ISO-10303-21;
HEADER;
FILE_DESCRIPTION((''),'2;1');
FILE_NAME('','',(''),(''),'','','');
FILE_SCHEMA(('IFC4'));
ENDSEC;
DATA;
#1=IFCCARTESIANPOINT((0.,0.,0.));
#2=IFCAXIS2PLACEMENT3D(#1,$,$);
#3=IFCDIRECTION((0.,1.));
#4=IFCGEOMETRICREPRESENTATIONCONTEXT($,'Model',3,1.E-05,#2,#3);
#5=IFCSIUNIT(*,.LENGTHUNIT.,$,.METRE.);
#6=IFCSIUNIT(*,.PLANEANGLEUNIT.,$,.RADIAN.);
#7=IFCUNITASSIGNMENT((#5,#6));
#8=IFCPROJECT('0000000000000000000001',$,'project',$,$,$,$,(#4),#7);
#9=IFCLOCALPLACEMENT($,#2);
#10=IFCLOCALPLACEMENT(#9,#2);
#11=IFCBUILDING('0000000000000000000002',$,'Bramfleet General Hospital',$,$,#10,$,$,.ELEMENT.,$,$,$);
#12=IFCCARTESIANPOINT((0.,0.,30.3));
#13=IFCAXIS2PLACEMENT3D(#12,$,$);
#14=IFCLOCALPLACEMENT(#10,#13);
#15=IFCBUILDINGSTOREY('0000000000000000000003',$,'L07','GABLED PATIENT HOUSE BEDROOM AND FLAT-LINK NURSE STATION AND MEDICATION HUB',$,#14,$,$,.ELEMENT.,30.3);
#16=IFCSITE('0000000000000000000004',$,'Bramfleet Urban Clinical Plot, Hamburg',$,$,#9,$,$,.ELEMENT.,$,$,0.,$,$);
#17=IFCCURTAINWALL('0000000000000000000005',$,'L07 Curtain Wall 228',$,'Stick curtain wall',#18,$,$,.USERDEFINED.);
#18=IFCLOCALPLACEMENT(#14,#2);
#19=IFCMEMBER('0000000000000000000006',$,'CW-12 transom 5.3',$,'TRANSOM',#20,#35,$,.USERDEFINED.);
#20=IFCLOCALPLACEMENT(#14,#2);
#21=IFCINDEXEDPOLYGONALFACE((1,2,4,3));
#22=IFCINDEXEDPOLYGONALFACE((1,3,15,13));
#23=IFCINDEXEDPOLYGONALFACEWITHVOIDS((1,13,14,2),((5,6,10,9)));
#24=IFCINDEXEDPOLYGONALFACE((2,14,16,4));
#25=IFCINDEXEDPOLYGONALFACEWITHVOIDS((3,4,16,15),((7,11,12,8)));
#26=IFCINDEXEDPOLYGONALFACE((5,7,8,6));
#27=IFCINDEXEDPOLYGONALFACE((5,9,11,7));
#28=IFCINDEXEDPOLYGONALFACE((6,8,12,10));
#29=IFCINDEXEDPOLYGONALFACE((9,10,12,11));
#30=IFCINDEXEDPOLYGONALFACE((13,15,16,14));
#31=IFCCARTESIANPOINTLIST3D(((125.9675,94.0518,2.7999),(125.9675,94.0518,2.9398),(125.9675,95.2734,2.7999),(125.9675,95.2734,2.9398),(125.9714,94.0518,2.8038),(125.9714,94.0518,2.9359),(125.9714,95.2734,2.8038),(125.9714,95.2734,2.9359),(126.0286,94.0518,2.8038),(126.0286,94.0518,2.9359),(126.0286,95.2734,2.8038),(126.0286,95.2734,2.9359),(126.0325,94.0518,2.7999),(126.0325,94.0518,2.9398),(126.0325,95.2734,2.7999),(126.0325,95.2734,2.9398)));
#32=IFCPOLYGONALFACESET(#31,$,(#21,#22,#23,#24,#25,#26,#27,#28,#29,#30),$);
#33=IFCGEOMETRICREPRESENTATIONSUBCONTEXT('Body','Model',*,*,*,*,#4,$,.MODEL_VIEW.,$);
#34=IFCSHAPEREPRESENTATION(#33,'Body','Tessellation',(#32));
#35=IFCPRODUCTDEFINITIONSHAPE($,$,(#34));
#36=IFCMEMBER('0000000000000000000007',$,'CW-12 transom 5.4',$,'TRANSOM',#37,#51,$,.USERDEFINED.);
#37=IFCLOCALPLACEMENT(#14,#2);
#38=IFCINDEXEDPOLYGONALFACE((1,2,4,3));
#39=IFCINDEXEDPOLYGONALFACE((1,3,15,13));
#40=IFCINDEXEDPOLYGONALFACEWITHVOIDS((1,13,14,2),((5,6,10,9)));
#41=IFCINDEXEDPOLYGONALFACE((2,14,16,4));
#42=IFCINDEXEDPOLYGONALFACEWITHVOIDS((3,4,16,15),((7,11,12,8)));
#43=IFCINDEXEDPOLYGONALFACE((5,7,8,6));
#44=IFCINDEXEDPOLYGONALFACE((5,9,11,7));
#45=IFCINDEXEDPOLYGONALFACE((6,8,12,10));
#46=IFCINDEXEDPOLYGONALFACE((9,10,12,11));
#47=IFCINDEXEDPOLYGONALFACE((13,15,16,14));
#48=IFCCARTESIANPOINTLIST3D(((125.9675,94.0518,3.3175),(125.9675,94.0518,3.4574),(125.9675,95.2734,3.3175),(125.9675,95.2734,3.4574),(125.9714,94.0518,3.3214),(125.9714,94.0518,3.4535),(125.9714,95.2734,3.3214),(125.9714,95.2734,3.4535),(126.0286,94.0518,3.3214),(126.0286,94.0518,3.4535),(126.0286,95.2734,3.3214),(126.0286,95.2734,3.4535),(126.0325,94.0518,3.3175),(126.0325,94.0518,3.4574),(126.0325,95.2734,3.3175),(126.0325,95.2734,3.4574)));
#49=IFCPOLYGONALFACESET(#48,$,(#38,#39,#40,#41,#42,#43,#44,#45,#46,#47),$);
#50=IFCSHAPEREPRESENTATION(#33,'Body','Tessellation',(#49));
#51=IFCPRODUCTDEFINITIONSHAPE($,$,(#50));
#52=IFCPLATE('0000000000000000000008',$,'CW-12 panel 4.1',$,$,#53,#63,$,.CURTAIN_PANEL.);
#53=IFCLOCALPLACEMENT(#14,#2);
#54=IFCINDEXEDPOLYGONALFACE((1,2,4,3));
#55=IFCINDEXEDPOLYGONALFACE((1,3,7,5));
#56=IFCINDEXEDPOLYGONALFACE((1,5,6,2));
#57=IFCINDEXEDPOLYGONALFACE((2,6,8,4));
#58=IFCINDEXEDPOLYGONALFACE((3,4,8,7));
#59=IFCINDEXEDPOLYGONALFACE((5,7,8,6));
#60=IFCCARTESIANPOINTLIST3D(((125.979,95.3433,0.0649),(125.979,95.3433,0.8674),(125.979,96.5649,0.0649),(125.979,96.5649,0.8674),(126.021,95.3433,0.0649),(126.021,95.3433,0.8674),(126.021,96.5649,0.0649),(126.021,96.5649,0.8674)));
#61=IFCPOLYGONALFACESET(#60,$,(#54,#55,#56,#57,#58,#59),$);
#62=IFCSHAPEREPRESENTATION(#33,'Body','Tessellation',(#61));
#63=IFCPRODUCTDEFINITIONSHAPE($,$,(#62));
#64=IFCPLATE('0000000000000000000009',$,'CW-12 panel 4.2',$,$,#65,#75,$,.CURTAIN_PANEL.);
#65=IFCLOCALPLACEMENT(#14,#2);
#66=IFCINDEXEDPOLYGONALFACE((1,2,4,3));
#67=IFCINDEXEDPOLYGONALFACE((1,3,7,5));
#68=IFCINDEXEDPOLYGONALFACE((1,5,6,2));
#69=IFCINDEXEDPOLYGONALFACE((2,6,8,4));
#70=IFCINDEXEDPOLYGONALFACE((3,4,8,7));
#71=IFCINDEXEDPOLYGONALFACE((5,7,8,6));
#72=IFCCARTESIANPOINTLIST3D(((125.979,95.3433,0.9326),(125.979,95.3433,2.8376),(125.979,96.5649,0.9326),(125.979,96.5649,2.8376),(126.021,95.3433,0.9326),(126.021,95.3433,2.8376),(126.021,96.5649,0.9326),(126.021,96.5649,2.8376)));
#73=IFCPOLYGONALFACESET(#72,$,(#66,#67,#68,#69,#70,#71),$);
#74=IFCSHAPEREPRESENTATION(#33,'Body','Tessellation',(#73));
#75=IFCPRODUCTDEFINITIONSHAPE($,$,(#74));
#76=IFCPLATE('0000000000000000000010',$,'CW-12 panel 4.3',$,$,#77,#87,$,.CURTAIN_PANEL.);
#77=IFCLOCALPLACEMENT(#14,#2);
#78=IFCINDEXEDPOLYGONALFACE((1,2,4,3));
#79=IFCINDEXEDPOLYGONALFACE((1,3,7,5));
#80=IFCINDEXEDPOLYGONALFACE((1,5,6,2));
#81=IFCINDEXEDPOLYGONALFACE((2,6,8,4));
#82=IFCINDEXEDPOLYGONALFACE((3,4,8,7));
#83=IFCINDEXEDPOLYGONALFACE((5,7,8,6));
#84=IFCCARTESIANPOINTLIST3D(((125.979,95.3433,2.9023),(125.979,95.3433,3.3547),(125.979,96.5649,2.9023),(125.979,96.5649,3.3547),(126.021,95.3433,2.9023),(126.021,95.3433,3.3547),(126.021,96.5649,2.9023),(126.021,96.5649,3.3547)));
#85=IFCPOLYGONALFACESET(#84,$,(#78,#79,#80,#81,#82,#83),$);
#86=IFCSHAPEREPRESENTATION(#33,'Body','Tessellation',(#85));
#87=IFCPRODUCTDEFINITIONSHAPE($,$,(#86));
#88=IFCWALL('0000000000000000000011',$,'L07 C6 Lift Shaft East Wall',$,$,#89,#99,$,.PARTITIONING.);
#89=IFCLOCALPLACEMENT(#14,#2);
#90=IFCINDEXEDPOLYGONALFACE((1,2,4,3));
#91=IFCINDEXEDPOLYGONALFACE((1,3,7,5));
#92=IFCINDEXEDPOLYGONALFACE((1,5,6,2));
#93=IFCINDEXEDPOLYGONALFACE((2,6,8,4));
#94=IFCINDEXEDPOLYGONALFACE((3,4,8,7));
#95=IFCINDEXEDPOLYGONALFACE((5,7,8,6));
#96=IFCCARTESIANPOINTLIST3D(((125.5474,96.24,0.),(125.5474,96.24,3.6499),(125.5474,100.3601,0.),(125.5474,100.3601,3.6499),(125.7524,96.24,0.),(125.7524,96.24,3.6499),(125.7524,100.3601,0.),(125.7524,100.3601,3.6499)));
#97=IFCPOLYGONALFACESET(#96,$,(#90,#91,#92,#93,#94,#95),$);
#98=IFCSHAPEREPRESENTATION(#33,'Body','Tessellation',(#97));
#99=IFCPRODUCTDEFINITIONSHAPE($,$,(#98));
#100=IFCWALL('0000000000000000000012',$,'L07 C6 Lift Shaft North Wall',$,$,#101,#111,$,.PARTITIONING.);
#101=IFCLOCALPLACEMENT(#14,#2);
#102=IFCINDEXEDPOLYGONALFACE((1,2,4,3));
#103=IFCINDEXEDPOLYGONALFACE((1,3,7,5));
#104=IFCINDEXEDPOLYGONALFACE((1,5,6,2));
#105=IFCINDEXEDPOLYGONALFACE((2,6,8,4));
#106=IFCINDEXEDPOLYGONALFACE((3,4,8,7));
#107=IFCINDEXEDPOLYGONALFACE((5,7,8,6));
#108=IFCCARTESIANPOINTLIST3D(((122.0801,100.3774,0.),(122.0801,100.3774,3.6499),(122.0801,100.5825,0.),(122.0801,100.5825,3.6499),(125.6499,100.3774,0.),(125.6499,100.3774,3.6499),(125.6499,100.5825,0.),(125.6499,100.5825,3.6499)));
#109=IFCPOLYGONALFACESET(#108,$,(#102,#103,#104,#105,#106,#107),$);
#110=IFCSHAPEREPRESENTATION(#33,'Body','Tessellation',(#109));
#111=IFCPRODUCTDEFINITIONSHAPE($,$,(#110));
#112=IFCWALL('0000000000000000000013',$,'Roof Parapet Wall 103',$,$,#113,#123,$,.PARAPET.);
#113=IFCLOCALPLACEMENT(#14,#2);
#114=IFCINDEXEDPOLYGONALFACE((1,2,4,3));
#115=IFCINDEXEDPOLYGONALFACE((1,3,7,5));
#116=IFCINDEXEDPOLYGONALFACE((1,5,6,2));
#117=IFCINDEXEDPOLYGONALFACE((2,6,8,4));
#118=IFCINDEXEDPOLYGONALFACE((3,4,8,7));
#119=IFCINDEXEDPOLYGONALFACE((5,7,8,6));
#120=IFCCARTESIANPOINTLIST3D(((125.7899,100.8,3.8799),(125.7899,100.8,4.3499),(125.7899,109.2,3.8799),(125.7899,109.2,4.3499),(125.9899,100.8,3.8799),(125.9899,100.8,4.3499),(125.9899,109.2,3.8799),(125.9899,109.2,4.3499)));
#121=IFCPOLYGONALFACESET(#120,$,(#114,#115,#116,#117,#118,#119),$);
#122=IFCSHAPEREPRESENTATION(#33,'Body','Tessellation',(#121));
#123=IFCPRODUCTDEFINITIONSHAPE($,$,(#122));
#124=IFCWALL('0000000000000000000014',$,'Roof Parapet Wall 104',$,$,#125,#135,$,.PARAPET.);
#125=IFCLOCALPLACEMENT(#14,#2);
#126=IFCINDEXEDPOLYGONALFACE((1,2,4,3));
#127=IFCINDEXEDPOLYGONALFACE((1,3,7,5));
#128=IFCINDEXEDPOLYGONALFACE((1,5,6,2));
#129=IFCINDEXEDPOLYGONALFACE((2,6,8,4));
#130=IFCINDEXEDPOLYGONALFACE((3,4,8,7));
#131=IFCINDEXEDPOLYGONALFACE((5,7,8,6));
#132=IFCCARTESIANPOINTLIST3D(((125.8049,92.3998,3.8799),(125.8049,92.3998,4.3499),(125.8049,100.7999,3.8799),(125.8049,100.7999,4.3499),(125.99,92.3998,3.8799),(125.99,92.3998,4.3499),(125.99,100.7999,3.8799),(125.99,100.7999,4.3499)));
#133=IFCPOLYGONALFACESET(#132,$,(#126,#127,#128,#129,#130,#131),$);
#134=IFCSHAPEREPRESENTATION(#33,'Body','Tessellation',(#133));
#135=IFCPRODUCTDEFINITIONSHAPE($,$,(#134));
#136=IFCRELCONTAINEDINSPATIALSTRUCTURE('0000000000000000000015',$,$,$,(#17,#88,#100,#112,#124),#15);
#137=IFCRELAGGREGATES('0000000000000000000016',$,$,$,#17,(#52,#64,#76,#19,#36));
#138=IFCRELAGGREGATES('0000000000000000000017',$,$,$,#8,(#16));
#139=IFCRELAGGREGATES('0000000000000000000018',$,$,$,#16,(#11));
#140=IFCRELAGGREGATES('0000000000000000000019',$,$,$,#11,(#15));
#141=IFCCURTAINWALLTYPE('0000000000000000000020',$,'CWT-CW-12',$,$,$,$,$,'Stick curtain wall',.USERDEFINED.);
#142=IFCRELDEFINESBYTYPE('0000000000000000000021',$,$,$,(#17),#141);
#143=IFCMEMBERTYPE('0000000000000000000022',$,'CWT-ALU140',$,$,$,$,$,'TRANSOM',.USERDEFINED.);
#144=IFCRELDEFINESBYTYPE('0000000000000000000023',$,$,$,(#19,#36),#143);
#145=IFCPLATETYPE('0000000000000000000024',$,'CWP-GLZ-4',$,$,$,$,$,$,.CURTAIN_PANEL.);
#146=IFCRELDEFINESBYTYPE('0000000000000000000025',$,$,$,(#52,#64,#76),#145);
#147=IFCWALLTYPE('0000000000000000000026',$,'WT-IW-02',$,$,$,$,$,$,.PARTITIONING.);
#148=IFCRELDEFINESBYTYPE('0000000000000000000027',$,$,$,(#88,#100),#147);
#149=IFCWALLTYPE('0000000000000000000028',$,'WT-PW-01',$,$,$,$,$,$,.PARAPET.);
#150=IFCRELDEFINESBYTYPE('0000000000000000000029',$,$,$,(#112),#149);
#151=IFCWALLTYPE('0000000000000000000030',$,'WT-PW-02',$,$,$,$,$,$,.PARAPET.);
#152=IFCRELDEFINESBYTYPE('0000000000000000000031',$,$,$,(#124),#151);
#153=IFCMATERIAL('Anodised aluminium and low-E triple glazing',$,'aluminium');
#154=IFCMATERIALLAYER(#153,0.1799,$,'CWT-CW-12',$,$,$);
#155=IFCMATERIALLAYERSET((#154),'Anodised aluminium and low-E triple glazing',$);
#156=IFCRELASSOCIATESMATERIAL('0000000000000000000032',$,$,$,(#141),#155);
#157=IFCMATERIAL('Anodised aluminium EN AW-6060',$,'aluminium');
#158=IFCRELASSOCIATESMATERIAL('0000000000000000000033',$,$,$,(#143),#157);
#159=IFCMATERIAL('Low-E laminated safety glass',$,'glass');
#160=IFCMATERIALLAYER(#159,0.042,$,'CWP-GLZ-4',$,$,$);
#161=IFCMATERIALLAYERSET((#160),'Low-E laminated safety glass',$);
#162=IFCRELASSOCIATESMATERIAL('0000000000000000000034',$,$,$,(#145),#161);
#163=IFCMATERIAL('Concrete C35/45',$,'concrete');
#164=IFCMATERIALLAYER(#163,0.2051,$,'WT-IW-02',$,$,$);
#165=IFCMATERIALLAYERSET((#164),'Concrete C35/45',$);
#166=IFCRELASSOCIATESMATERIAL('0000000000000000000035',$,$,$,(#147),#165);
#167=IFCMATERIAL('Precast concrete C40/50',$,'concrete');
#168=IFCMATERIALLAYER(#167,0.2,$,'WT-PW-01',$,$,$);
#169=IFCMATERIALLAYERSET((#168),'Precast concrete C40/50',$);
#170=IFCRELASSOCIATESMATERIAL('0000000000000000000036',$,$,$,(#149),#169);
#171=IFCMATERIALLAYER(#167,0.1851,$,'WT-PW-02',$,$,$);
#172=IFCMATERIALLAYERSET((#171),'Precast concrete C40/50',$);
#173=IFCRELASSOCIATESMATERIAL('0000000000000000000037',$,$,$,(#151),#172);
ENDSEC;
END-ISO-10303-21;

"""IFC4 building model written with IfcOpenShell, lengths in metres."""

from ifc_helpers import new_model, si_unit, direction, frame, frame_2d, origin, origin_2d, place, context, subcontext, project, spatial, rectangle, hollow_rectangle, extrude, material, layer, layer_set, material_profile, profile_set, type_object, element, aggregate, save


model = new_model("IFC4")

# Units and contexts
model_context = context("Model", 3, precision=1e-05, world=origin(), true_north=direction((0.0, 1.0)))
body_context = subcontext(model_context, "Body", "Model", "MODEL_VIEW")
ifc_project = project(units=[si_unit("LENGTHUNIT", "METRE"), si_unit("PLANEANGLEUNIT", "RADIAN")], contexts=[model_context])

# Site, building, storey
site_placement = place(None, origin())
site = spatial("IfcSite", under=ifc_project, at=site_placement, Name="Bramfleet Urban Clinical Plot, Hamburg", CompositionType="ELEMENT", RefElevation=0.0)
building_placement = place(site_placement, origin())
building = spatial("IfcBuilding", under=site, at=building_placement, Name="Bramfleet General Hospital", CompositionType="ELEMENT")
storey_placement = place(building_placement, frame((0.0, 0.0, 30.3)))
storey = spatial("IfcBuildingStorey", under=building, at=storey_placement, Name="L07", Description="GABLED PATIENT HOUSE BEDROOM AND FLAT-LINK NURSE STATION AND MEDICATION HUB", CompositionType="ELEMENT", Elevation=30.3)

# Curtain wall
ifc_material_1 = material(Name="Anodised aluminium and low-E triple glazing", Category="aluminium")
ifc_material_2 = material(Name="Anodised aluminium EN AW-6060", Category="aluminium")
ifc_layer_1 = layer(ifc_material_1, 0.1799, Name="CWT-CW-12")
ifc_layer_set_1 = layer_set([ifc_layer_1], Name="Anodised aluminium and low-E triple glazing")
curtain_wall_type_1 = type_object("IfcCurtainWallType", Name="CWT-CW-12", ElementType="Stick curtain wall", PredefinedType="USERDEFINED", material=ifc_layer_set_1)
curtain_wall_1_placement = place(storey_placement, origin())
curtain_wall_1 = element("IfcCurtainWall", 1, at=curtain_wall_1_placement, inside=storey, type_object=curtain_wall_type_1, Name="L07 Curtain Wall 228", ObjectType="Stick curtain wall", PredefinedType="USERDEFINED")

# Members
ifc_material_profile_1 = material_profile(ifc_material_2, hollow_rectangle(XDim=0.0649, YDim=0.1399, WallThickness=0.0039, at=origin_2d()), Name="ALU 140x65x4.0")
ifc_profile_set_1 = profile_set([ifc_material_profile_1], Name="Anodised aluminium EN AW-6060")
member_type_1 = type_object("IfcMemberType", Name="CWT-ALU140", ElementType="TRANSOM", PredefinedType="USERDEFINED", material=ifc_profile_set_1)
member_1_placement = place(storey_placement, frame((126.0, 95.2734, 2.8699), z_axis=(0.0, -1.0, 0.0), x_axis=(1.0, 0.0, 0.0)))
member_1 = element("IfcMember", 2, at=member_1_placement, type_object=member_type_1, Name="CW-12 transom 5.3", ObjectType="TRANSOM", PredefinedType="USERDEFINED", context=body_context, shape_type="SweptSolid", body=[
    extrude(hollow_rectangle(XDim=0.0649, YDim=0.1399, WallThickness=0.0039, at=origin_2d()), origin(), (0.0, 0.0, 1.0), 1.2217),
])
member_2_placement = place(storey_placement, frame((126.0, 95.2734, 3.3875), z_axis=(0.0, -1.0, 0.0), x_axis=(1.0, 0.0, 0.0)))
member_2 = element("IfcMember", 3, at=member_2_placement, type_object=member_type_1, Name="CW-12 transom 5.4", ObjectType="TRANSOM", PredefinedType="USERDEFINED", context=body_context, shape_type="SweptSolid", body=[
    extrude(hollow_rectangle(XDim=0.0649, YDim=0.1399, WallThickness=0.0039, at=origin_2d()), origin(), (0.0, 0.0, 1.0), 1.2217),
])

# Plates
ifc_material_3 = material(Name="Low-E laminated safety glass", Category="glass")
ifc_layer_2 = layer(ifc_material_3, 0.042, Name="CWP-GLZ-4")
ifc_layer_set_2 = layer_set([ifc_layer_2], Name="Low-E laminated safety glass")
plate_type = type_object("IfcPlateType", Name="CWP-GLZ-4", PredefinedType="CURTAIN_PANEL", material=ifc_layer_set_2)
plate_1_placement = place(storey_placement, frame((126.0, 95.9541, 0.0649), z_axis=(0.0, 0.0, 1.0), x_axis=(0.0, -1.0, 0.0)))
plate_1 = element("IfcPlate", 4, at=plate_1_placement, type_object=plate_type, Name="CW-12 panel 4.1", PredefinedType="CURTAIN_PANEL", context=body_context, shape_type="SweptSolid", body=[
    extrude(rectangle(XDim=1.2217, YDim=0.042, at=origin_2d()), origin(), (0.0, 0.0, 1.0), 0.8025),
])
plate_2_placement = place(storey_placement, frame((126.0, 95.9541, 0.9326), z_axis=(0.0, 0.0, 1.0), x_axis=(0.0, -1.0, 0.0)))
plate_2 = element("IfcPlate", 5, at=plate_2_placement, type_object=plate_type, Name="CW-12 panel 4.2", PredefinedType="CURTAIN_PANEL", context=body_context, shape_type="SweptSolid", body=[
    extrude(rectangle(XDim=1.2217, YDim=0.042, at=origin_2d()), origin(), (0.0, 0.0, 1.0), 1.905),
])
plate_3_placement = place(storey_placement, frame((126.0, 95.9541, 2.9023), z_axis=(0.0, 0.0, 1.0), x_axis=(0.0, -1.0, 0.0)))
plate_3 = element("IfcPlate", 6, at=plate_3_placement, type_object=plate_type, Name="CW-12 panel 4.3", PredefinedType="CURTAIN_PANEL", context=body_context, shape_type="SweptSolid", body=[
    extrude(rectangle(XDim=1.2217, YDim=0.042, at=origin_2d()), origin(), (0.0, 0.0, 1.0), 0.4524),
])
aggregate(curtain_wall_1, [plate_1, plate_2, plate_3, member_1, member_2])

# Shared definitions
ifc_material_4 = material(Name="Concrete C35/45", Category="concrete")
ifc_layer_3 = layer(ifc_material_4, 0.2051, Name="WT-IW-02")
ifc_layer_set_3 = layer_set([ifc_layer_3], Name="Concrete C35/45")
wall_type_1 = type_object("IfcWallType", Name="WT-IW-02", PredefinedType="PARTITIONING", material=ifc_layer_set_3)

# Walls
wall_1_placement = place(storey_placement, frame((125.6499, 96.24, 0.0), z_axis=(0.0, 0.0, 1.0), x_axis=(0.0, 1.0, 0.0)))
element("IfcWall", 7, at=wall_1_placement, inside=storey, type_object=wall_type_1, Name="L07 C6 Lift Shaft East Wall", PredefinedType="PARTITIONING", context=body_context, shape_type="SweptSolid", body=[
    extrude(rectangle(XDim=4.1201, YDim=0.2051, at=frame_2d((2.0601, 0.0))), origin(), (0.0, 0.0, 1.0), 3.6499),
])
wall_2_placement = place(storey_placement, frame((122.0801, 100.48, 0.0), z_axis=(0.0, 0.0, 1.0), x_axis=(1.0, 0.0, 0.0)))
element("IfcWall", 8, at=wall_2_placement, inside=storey, type_object=wall_type_1, Name="L07 C6 Lift Shaft North Wall", PredefinedType="PARTITIONING", context=body_context, shape_type="SweptSolid", body=[
    extrude(rectangle(XDim=3.5698, YDim=0.2051, at=frame_2d((1.7849, 0.0))), origin(), (0.0, 0.0, 1.0), 3.6499),
])
ifc_material_5 = material(Name="Precast concrete C40/50", Category="concrete")
ifc_layer_4 = layer(ifc_material_5, 0.2, Name="WT-PW-01")
ifc_layer_set_4 = layer_set([ifc_layer_4], Name="Precast concrete C40/50")
wall_type_2 = type_object("IfcWallType", Name="WT-PW-01", PredefinedType="PARAPET", material=ifc_layer_set_4)
wall_3_placement = place(storey_placement, frame((125.8899, 109.2, 3.8799), z_axis=(0.0, 0.0, 1.0), x_axis=(0.0, -1.0, 0.0)))
element("IfcWall", 9, at=wall_3_placement, inside=storey, type_object=wall_type_2, Name="Roof Parapet Wall 103", PredefinedType="PARAPET", context=body_context, shape_type="SweptSolid", body=[
    extrude(rectangle(XDim=8.3999, YDim=0.2, at=frame_2d((4.2, 0.0))), origin(), (0.0, 0.0, 1.0), 0.47),
])
ifc_layer_5 = layer(ifc_material_5, 0.1851, Name="WT-PW-02")
ifc_layer_set_5 = layer_set([ifc_layer_5], Name="Precast concrete C40/50")
wall_type_3 = type_object("IfcWallType", Name="WT-PW-02", PredefinedType="PARAPET", material=ifc_layer_set_5)
wall_4_placement = place(storey_placement, frame((125.8975, 100.8, 3.8799), z_axis=(0.0, 0.0, 1.0), x_axis=(0.0, -1.0, 0.0)))
element("IfcWall", 10, at=wall_4_placement, inside=storey, type_object=wall_type_3, Name="Roof Parapet Wall 104", PredefinedType="PARAPET", context=body_context, shape_type="SweptSolid", body=[
    extrude(rectangle(XDim=8.4001, YDim=0.1851, at=frame_2d((4.2002, 0.0))), origin(), (0.0, 0.0, 1.0), 0.47),
])

save(model, "model.ifc")
